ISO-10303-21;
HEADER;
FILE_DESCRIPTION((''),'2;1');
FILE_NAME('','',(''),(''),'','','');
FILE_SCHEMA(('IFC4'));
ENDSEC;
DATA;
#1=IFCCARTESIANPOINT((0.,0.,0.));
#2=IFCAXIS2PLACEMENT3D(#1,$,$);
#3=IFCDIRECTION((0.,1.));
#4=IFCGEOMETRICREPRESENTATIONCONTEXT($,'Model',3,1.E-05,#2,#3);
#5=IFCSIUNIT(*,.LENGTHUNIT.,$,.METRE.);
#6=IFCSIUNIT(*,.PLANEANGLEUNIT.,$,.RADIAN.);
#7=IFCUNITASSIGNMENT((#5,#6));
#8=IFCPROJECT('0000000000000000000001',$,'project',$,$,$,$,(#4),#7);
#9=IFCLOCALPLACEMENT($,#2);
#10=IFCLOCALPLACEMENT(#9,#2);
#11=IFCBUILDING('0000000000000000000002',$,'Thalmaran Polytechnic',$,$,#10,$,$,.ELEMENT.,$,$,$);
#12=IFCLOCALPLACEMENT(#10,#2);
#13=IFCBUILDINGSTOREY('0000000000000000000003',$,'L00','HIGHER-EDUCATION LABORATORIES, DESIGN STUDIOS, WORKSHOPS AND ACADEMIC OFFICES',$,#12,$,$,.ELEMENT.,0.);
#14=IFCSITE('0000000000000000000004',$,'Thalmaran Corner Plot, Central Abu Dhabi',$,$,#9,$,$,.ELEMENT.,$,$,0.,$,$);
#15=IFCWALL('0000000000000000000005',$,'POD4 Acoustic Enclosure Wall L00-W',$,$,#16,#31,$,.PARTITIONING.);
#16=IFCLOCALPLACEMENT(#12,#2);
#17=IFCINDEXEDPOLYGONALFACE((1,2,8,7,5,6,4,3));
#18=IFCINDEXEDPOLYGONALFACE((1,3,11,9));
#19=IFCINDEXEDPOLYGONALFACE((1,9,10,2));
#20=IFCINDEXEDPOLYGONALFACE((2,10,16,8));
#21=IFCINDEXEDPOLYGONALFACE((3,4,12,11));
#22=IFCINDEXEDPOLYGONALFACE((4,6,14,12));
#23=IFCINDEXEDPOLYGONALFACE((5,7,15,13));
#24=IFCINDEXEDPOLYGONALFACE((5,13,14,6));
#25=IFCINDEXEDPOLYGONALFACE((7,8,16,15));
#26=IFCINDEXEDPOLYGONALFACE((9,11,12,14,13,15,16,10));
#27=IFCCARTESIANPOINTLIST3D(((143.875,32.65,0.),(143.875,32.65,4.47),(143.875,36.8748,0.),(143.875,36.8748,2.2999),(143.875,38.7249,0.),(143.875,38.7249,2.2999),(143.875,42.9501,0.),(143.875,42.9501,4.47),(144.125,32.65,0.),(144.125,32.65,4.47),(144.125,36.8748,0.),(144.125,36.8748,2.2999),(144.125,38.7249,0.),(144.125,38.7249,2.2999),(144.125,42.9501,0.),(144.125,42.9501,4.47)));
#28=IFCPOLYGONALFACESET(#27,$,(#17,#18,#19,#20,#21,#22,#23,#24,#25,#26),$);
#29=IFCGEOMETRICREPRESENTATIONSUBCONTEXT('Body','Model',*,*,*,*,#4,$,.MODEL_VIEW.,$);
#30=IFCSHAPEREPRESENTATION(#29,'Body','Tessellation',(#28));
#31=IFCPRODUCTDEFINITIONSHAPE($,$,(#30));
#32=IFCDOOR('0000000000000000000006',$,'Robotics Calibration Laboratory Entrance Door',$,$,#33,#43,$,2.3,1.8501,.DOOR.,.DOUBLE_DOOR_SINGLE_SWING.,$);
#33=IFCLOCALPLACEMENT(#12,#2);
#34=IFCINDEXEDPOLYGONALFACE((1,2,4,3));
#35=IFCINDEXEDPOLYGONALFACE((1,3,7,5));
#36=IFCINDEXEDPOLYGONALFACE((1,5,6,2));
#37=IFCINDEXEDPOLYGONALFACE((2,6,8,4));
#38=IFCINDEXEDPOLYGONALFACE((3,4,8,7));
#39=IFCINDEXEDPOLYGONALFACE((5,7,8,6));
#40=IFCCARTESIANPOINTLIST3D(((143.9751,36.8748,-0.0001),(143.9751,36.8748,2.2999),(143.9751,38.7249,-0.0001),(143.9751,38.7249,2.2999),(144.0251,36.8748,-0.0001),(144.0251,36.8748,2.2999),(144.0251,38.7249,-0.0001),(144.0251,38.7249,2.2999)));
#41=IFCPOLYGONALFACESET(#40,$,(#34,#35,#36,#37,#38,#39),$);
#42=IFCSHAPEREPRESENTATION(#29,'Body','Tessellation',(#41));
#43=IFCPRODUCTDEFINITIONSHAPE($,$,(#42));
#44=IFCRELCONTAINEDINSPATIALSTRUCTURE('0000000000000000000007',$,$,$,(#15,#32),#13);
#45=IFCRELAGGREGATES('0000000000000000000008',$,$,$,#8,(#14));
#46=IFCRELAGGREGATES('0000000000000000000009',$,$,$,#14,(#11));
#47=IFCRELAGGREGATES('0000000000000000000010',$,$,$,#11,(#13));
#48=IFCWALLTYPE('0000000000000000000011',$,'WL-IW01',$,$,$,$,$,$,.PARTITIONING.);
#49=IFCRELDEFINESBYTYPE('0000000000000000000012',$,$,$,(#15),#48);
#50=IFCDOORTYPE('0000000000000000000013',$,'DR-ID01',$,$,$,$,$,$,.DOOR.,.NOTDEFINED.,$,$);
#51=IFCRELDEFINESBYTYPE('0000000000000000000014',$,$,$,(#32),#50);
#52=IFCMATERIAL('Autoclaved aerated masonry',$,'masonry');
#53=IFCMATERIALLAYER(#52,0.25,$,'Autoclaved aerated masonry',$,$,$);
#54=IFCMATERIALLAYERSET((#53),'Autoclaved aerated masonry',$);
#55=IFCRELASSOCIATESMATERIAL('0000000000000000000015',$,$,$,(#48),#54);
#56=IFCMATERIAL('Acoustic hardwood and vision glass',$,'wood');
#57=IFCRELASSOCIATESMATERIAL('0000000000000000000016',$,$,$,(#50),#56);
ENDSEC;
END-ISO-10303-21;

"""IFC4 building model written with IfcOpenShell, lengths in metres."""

from ifc_helpers import new_model, si_unit, direction, frame, frame_2d, origin, place, context, subcontext, project, spatial, rectangle, extrude, material, layer, layer_set, type_object, element, fill, save


model = new_model("IFC4")

# Units and contexts
model_context = context("Model", 3, precision=1e-05, world=origin(), true_north=direction((0.0, 1.0)))
body_context = subcontext(model_context, "Body", "Model", "MODEL_VIEW")
ifc_project = project(units=[si_unit("LENGTHUNIT", "METRE"), si_unit("PLANEANGLEUNIT", "RADIAN")], contexts=[model_context])

# Site, building, storey
site_placement = place(None, origin())
site = spatial("IfcSite", under=ifc_project, at=site_placement, Name="Thalmaran Corner Plot, Central Abu Dhabi", CompositionType="ELEMENT", RefElevation=0.0)
building_placement = place(site_placement, origin())
building = spatial("IfcBuilding", under=site, at=building_placement, Name="Thalmaran Polytechnic", CompositionType="ELEMENT")
storey_placement = place(building_placement, origin())
storey = spatial("IfcBuildingStorey", under=building, at=storey_placement, Name="L00", Description="HIGHER-EDUCATION LABORATORIES, DESIGN STUDIOS, WORKSHOPS AND ACADEMIC OFFICES", CompositionType="ELEMENT", Elevation=0.0)

# Shared definitions
ifc_material_1 = material(Name="Autoclaved aerated masonry", Category="masonry")
ifc_layer = layer(ifc_material_1, 0.25, Name="Autoclaved aerated masonry")
ifc_layer_set = layer_set([ifc_layer], Name="Autoclaved aerated masonry")
wall_type = type_object("IfcWallType", Name="WL-IW01", PredefinedType="PARTITIONING", material=ifc_layer_set)

# Shared definitions
ifc_material_2 = material(Name="Acoustic hardwood and vision glass", Category="wood")
door_type = type_object("IfcDoorType", Name="DR-ID01", OperationType="NOTDEFINED", PredefinedType="DOOR", material=ifc_material_2)

# Wall, opening, door
wall_1_placement = place(storey_placement, frame((144.0, 42.95, 0.0), z_axis=(0.0, 0.0, 1.0), x_axis=(0.0, -1.0, 0.0)))
wall_1 = element("IfcWall", 1, at=wall_1_placement, inside=storey, type_object=wall_type, Name="POD4 Acoustic Enclosure Wall L00-W", PredefinedType="PARTITIONING", context=body_context, shape_type="SweptSolid", body=[
    extrude(rectangle(XDim=10.3, YDim=0.25, at=frame_2d((5.1499, 0.0))), origin(), (0.0, 0.0, 1.0), 4.47),
])
opening_1_placement = place(wall_1_placement, frame((4.2251, 0.0, 0.0)))
opening_1 = element("IfcOpeningElement", 2, at=opening_1_placement, cuts=wall_1, PredefinedType="OPENING", context=body_context, shape_type="SweptSolid", body=[
    extrude(rectangle(XDim=1.8501, YDim=2.3, at=frame_2d((0.925, 1.1499))), frame((0.0, 0.135, 0.0), z_axis=(0.0, -1.0, 0.0), x_axis=(1.0, 0.0, 0.0)), (0.0, 0.0, 1.0), 0.27),
])
door_1_placement = place(opening_1_placement, frame((1.8501, 0.0, 0.0), z_axis=(0.0, 0.0, 1.0), x_axis=(-1.0, 0.0, 0.0)))
door_1 = element("IfcDoor", 3, at=door_1_placement, inside=storey, type_object=door_type, Name="Robotics Calibration Laboratory Entrance Door", OperationType="DOUBLE_DOOR_SINGLE_SWING", OverallHeight=2.3, OverallWidth=1.8501, PredefinedType="DOOR", context=body_context, shape_type="SweptSolid", body=[
    extrude(rectangle(XDim=1.8501, YDim=2.3, at=frame_2d((0.925, 1.1499))), frame((0.0, 0.0249, 0.0), z_axis=(0.0, -1.0, 0.0), x_axis=(1.0, 0.0, 0.0)), (0.0, 0.0, 1.0), 0.05),
])
fill(opening_1, door_1)

save(model, "model.ifc")
